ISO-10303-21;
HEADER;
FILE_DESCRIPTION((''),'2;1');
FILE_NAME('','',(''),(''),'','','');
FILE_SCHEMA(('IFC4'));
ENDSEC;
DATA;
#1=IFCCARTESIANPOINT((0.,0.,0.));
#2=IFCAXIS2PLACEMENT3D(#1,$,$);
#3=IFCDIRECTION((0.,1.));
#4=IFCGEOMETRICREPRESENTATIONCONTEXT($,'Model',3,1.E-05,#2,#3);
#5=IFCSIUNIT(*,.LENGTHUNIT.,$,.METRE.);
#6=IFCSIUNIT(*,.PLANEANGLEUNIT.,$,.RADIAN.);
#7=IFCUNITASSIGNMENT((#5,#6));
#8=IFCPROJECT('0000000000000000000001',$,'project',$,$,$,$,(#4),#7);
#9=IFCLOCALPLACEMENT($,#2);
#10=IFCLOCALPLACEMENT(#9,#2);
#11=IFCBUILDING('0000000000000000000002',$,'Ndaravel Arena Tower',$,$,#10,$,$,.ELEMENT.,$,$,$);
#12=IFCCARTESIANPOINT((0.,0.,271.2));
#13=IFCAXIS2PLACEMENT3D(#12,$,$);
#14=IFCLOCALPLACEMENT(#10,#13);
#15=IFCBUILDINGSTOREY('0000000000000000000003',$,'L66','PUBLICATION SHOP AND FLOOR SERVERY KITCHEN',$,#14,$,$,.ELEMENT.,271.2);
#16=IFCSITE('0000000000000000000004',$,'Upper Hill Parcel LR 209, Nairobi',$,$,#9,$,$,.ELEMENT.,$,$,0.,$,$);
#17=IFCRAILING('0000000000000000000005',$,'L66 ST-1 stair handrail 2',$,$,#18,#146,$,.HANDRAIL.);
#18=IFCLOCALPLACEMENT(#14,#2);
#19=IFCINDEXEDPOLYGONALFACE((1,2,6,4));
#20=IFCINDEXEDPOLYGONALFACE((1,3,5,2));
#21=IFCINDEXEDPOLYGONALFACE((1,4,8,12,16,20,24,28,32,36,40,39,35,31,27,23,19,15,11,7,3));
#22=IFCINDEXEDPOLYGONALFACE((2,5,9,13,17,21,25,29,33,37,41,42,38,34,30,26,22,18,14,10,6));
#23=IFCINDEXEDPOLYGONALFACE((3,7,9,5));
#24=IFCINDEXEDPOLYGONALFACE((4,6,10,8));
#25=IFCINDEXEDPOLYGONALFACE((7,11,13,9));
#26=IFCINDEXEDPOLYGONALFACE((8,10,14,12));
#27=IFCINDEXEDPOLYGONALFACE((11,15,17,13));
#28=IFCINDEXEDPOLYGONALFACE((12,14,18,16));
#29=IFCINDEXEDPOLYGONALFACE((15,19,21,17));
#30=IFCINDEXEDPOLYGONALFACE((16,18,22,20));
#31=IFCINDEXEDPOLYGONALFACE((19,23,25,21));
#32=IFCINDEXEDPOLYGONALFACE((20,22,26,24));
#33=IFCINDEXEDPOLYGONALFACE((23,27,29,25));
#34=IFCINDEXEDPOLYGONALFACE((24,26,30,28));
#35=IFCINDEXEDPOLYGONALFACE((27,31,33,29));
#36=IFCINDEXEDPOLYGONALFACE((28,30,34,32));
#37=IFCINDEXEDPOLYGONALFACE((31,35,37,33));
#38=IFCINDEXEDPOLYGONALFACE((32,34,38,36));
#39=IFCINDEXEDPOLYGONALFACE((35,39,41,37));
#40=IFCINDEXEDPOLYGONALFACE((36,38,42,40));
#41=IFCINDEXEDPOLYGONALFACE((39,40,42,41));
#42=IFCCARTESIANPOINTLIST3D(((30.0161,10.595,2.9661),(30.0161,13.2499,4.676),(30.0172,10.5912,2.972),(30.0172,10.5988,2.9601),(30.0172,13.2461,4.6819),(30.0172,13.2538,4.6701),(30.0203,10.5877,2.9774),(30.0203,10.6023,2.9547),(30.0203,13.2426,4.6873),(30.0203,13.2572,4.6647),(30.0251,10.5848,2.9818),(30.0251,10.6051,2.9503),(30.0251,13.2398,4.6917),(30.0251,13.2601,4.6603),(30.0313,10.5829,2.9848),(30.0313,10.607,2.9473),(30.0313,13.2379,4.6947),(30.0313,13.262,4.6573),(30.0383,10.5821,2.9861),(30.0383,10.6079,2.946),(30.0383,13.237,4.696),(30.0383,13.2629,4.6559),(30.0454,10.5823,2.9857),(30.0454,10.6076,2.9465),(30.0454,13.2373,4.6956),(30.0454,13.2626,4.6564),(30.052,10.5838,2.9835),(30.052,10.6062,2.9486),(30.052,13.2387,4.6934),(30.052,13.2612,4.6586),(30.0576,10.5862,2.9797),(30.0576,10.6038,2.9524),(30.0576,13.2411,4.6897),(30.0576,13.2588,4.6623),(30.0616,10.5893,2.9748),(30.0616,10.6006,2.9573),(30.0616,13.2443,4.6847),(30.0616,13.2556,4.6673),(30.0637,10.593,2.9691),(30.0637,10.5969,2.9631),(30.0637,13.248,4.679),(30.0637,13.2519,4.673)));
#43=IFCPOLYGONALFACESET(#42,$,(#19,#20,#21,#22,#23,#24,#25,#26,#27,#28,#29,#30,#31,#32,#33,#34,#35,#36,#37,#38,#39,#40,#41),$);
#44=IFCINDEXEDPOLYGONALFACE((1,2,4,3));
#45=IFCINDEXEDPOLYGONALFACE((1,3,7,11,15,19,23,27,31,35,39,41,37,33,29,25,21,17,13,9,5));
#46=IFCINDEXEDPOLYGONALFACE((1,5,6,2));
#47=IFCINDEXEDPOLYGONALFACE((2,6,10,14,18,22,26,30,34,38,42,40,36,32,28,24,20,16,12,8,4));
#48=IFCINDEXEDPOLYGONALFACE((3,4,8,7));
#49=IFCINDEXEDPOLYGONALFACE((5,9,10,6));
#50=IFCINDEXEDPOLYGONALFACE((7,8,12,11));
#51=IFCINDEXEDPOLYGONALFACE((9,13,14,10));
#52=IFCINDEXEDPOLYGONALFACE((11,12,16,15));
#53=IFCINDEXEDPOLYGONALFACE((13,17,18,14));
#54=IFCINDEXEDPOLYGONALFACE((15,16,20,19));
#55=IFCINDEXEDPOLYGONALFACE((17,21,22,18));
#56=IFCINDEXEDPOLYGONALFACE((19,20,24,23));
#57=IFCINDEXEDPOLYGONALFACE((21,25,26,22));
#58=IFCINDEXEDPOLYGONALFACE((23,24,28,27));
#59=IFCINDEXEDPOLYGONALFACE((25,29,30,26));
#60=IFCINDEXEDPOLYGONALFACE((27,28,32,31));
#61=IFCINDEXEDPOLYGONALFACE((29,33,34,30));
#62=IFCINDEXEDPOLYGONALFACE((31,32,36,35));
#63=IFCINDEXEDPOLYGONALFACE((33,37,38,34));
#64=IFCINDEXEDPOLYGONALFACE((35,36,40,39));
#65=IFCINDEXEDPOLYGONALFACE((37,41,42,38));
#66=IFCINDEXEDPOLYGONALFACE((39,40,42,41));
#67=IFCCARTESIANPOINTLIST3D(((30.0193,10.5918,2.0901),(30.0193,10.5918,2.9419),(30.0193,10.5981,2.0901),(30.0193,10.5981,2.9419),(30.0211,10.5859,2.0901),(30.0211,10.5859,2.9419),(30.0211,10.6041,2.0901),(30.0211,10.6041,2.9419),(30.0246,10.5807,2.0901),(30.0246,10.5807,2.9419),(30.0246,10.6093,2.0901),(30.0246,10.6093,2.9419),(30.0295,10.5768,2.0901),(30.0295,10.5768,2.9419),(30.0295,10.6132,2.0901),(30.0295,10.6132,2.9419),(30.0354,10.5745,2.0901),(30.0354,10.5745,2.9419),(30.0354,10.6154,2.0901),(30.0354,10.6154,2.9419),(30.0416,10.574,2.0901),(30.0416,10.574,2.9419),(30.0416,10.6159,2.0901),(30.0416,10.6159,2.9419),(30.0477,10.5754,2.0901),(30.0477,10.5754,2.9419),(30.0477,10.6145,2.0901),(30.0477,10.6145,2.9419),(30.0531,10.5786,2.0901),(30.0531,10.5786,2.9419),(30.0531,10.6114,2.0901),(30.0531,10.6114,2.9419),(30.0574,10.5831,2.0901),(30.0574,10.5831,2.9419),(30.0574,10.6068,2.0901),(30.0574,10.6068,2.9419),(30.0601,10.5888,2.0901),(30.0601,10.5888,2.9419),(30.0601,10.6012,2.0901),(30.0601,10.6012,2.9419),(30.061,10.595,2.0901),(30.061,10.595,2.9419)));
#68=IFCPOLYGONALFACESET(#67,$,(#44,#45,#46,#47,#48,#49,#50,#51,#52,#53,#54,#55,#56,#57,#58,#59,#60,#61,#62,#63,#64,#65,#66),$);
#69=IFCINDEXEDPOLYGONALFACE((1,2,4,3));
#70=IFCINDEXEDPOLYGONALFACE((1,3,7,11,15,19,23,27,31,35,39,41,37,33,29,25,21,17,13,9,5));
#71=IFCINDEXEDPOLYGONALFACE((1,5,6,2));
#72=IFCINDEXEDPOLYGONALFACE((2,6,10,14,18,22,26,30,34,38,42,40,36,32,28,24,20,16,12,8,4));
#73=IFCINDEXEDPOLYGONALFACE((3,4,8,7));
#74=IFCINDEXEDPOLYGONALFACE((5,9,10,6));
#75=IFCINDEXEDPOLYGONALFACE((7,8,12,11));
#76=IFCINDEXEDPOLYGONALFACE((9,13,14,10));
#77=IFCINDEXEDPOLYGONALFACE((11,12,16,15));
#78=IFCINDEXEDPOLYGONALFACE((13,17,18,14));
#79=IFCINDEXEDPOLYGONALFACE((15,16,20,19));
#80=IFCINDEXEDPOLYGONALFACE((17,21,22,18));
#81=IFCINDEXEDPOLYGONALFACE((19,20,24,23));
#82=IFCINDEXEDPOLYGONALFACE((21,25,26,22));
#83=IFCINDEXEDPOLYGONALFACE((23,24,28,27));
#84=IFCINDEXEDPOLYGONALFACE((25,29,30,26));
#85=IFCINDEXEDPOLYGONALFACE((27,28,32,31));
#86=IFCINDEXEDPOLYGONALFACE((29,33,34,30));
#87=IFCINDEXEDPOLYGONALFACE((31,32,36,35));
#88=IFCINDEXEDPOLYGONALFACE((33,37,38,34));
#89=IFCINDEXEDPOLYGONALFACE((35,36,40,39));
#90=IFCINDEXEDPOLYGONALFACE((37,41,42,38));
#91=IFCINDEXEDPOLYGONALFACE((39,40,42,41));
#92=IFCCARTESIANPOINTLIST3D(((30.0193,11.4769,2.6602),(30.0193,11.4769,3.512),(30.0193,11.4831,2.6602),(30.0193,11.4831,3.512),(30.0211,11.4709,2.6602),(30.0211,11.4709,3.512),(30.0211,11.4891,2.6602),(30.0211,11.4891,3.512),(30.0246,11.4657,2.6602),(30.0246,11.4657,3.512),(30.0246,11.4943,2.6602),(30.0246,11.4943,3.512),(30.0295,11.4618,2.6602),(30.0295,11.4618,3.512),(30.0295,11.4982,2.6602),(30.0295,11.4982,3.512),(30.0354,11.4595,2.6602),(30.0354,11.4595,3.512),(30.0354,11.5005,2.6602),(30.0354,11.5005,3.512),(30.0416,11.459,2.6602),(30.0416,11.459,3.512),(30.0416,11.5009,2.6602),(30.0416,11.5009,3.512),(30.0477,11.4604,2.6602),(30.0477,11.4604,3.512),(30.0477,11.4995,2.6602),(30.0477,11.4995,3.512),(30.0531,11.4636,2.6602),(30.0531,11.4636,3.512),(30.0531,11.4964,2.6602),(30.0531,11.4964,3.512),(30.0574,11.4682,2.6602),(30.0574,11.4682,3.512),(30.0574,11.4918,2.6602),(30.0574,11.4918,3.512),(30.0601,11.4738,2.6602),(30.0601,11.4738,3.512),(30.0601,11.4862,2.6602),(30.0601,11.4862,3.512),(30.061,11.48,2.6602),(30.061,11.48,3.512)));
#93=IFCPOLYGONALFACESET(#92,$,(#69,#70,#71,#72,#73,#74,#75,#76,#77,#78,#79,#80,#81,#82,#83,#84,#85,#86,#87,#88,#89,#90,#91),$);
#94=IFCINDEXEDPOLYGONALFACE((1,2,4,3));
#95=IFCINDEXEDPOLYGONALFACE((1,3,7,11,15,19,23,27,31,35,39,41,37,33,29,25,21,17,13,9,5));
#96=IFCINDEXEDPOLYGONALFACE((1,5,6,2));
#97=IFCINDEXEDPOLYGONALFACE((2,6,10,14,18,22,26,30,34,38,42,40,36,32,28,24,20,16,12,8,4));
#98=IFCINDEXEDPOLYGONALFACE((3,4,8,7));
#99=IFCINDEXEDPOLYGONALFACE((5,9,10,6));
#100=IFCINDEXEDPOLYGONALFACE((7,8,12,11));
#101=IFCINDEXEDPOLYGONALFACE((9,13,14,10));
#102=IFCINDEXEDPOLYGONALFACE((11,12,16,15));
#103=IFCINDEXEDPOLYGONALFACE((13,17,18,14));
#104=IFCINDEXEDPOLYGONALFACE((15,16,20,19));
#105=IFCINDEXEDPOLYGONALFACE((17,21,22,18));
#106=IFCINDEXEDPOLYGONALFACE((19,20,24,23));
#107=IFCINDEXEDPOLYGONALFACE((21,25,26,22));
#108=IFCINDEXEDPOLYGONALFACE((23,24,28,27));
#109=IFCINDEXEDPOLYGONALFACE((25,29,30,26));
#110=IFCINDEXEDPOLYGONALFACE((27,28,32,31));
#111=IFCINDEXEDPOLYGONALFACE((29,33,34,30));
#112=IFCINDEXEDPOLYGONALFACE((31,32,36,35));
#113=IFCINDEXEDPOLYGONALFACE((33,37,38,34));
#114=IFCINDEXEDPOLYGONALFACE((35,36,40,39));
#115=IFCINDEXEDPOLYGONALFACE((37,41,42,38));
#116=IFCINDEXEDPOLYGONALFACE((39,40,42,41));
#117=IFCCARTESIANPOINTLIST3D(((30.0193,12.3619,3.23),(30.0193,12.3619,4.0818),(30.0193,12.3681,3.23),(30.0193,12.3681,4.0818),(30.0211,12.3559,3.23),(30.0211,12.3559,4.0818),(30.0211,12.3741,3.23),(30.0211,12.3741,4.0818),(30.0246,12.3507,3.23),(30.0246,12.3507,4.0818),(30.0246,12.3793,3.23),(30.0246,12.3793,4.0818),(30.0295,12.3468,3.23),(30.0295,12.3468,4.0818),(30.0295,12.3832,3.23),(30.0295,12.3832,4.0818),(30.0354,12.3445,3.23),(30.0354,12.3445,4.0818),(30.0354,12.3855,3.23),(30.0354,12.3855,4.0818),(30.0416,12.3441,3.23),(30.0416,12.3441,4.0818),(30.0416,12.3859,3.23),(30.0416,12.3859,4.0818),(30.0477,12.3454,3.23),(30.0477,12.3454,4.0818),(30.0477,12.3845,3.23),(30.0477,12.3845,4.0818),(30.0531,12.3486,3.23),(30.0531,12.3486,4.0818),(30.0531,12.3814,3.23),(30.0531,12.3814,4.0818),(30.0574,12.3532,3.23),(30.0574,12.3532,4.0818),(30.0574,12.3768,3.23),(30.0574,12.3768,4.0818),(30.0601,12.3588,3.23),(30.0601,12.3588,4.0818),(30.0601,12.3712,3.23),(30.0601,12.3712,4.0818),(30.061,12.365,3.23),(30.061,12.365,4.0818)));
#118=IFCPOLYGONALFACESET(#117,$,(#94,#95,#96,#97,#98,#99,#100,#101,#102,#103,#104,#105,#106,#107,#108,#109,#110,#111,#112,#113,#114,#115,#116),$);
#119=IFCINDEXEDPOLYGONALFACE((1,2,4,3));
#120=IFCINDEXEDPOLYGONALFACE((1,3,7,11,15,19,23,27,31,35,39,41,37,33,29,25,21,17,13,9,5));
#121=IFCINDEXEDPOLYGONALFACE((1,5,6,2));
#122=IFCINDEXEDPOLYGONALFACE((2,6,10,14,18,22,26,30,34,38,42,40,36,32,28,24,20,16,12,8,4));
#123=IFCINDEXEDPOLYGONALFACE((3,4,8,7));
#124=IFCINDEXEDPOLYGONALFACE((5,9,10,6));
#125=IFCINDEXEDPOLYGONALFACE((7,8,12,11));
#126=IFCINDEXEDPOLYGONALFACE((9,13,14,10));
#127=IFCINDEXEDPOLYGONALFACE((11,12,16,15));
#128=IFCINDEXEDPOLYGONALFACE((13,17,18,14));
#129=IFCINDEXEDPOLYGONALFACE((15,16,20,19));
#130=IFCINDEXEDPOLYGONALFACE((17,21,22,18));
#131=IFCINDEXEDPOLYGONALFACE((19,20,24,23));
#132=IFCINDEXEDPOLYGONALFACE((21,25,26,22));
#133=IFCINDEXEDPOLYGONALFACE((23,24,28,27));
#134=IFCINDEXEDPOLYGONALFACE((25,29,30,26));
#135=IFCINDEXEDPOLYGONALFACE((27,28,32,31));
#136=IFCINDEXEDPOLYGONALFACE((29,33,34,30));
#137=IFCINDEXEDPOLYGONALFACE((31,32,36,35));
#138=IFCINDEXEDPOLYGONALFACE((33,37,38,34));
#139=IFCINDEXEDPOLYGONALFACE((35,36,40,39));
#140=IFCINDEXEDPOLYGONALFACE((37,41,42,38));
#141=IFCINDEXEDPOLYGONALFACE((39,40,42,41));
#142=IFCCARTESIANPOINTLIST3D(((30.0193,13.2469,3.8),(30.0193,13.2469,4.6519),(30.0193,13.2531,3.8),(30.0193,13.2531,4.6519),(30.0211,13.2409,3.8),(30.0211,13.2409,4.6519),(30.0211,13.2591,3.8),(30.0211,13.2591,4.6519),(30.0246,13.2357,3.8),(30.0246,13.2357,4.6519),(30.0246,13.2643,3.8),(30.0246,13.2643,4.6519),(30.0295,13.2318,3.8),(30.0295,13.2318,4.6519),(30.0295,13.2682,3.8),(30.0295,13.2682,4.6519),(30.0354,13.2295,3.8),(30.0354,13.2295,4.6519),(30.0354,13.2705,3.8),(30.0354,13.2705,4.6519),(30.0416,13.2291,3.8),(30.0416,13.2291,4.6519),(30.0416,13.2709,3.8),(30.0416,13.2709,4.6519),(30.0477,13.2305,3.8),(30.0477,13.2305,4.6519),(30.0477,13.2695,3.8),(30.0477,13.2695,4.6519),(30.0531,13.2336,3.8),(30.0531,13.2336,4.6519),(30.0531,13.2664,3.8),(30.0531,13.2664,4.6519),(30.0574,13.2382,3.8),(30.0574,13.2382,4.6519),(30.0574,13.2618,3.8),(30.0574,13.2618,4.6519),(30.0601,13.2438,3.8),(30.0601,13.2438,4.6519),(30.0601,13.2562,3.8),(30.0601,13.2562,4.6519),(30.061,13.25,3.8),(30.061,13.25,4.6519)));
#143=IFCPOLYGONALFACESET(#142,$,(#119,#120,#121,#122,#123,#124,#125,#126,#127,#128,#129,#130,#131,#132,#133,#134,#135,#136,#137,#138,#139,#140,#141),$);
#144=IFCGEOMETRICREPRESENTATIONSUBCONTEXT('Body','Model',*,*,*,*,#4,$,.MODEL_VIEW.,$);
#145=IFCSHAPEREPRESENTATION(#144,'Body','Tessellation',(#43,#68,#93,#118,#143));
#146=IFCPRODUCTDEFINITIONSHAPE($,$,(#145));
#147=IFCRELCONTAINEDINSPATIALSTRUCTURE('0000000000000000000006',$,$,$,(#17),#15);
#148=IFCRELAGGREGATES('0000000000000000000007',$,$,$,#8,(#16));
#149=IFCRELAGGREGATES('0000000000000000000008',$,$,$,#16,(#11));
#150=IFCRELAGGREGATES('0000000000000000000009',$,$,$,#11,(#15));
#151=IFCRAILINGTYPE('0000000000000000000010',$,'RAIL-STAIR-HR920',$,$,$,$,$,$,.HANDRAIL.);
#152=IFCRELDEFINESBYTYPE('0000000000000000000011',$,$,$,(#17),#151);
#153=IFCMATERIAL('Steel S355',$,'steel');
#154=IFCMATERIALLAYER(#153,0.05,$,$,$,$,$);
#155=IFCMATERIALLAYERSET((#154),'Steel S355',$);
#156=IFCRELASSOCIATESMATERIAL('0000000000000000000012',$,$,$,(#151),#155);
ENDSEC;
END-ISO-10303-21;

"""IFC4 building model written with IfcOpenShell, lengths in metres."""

from ifc_helpers import new_model, si_unit, direction, frame, origin, origin_2d, place, context, subcontext, project, spatial, circle, extrude, material, layer, layer_set, type_object, element, save


model = new_model("IFC4")

# Units and contexts
model_context = context("Model", 3, precision=1e-05, world=origin(), true_north=direction((0.0, 1.0)))
body_context = subcontext(model_context, "Body", "Model", "MODEL_VIEW")
ifc_project = project(units=[si_unit("LENGTHUNIT", "METRE"), si_unit("PLANEANGLEUNIT", "RADIAN")], contexts=[model_context])

# Site, building, storey
site_placement = place(None, origin())
site = spatial("IfcSite", under=ifc_project, at=site_placement, Name="Upper Hill Parcel LR 209, Nairobi", CompositionType="ELEMENT", RefElevation=0.0)
building_placement = place(site_placement, origin())
building = spatial("IfcBuilding", under=site, at=building_placement, Name="Ndaravel Arena Tower", CompositionType="ELEMENT")
storey_placement = place(building_placement, frame((0.0, 0.0, 271.2)))
storey = spatial("IfcBuildingStorey", under=building, at=storey_placement, Name="L66", Description="PUBLICATION SHOP AND FLOOR SERVERY KITCHEN", CompositionType="ELEMENT", Elevation=271.2)

# Railing
ifc_material_1 = material(Name="Steel S355", Category="steel")
ifc_layer_1 = layer(ifc_material_1, 0.05)
ifc_layer_set_1 = layer_set([ifc_layer_1], Name="Steel S355")
railing_type_1 = type_object("IfcRailingType", Name="RAIL-STAIR-HR920", PredefinedType="HANDRAIL", material=ifc_layer_set_1)
railing_1_placement = place(storey_placement, frame((30.04, 10.595, 2.0901)))
element("IfcRailing", 1, at=railing_1_placement, inside=storey, type_object=railing_type_1, Name="L66 ST-1 stair handrail 2", PredefinedType="HANDRAIL", context=body_context, shape_type="SweptSolid", body=[
    extrude(circle(Radius=0.0239, at=origin_2d()), frame((0.0, 0.0, 0.876), z_axis=(0.0, 0.840724, 0.541465), x_axis=(-1.0, 0.0, 0.0)), (0.0, 0.0, 1.0), 3.158),
    extrude(circle(Radius=0.021, at=origin_2d()), origin(), (0.0, 0.0, 1.0), 0.8518),
    extrude(circle(Radius=0.021, at=origin_2d()), frame((0.0, 0.885, 0.5701)), (0.0, 0.0, 1.0), 0.8518),
    extrude(circle(Radius=0.021, at=origin_2d()), frame((0.0, 1.77, 1.1399)), (0.0, 0.0, 1.0), 0.8518),
    extrude(circle(Radius=0.021, at=origin_2d()), frame((0.0, 2.655, 1.71)), (0.0, 0.0, 1.0), 0.8518),
])

save(model, "model.ifc")
